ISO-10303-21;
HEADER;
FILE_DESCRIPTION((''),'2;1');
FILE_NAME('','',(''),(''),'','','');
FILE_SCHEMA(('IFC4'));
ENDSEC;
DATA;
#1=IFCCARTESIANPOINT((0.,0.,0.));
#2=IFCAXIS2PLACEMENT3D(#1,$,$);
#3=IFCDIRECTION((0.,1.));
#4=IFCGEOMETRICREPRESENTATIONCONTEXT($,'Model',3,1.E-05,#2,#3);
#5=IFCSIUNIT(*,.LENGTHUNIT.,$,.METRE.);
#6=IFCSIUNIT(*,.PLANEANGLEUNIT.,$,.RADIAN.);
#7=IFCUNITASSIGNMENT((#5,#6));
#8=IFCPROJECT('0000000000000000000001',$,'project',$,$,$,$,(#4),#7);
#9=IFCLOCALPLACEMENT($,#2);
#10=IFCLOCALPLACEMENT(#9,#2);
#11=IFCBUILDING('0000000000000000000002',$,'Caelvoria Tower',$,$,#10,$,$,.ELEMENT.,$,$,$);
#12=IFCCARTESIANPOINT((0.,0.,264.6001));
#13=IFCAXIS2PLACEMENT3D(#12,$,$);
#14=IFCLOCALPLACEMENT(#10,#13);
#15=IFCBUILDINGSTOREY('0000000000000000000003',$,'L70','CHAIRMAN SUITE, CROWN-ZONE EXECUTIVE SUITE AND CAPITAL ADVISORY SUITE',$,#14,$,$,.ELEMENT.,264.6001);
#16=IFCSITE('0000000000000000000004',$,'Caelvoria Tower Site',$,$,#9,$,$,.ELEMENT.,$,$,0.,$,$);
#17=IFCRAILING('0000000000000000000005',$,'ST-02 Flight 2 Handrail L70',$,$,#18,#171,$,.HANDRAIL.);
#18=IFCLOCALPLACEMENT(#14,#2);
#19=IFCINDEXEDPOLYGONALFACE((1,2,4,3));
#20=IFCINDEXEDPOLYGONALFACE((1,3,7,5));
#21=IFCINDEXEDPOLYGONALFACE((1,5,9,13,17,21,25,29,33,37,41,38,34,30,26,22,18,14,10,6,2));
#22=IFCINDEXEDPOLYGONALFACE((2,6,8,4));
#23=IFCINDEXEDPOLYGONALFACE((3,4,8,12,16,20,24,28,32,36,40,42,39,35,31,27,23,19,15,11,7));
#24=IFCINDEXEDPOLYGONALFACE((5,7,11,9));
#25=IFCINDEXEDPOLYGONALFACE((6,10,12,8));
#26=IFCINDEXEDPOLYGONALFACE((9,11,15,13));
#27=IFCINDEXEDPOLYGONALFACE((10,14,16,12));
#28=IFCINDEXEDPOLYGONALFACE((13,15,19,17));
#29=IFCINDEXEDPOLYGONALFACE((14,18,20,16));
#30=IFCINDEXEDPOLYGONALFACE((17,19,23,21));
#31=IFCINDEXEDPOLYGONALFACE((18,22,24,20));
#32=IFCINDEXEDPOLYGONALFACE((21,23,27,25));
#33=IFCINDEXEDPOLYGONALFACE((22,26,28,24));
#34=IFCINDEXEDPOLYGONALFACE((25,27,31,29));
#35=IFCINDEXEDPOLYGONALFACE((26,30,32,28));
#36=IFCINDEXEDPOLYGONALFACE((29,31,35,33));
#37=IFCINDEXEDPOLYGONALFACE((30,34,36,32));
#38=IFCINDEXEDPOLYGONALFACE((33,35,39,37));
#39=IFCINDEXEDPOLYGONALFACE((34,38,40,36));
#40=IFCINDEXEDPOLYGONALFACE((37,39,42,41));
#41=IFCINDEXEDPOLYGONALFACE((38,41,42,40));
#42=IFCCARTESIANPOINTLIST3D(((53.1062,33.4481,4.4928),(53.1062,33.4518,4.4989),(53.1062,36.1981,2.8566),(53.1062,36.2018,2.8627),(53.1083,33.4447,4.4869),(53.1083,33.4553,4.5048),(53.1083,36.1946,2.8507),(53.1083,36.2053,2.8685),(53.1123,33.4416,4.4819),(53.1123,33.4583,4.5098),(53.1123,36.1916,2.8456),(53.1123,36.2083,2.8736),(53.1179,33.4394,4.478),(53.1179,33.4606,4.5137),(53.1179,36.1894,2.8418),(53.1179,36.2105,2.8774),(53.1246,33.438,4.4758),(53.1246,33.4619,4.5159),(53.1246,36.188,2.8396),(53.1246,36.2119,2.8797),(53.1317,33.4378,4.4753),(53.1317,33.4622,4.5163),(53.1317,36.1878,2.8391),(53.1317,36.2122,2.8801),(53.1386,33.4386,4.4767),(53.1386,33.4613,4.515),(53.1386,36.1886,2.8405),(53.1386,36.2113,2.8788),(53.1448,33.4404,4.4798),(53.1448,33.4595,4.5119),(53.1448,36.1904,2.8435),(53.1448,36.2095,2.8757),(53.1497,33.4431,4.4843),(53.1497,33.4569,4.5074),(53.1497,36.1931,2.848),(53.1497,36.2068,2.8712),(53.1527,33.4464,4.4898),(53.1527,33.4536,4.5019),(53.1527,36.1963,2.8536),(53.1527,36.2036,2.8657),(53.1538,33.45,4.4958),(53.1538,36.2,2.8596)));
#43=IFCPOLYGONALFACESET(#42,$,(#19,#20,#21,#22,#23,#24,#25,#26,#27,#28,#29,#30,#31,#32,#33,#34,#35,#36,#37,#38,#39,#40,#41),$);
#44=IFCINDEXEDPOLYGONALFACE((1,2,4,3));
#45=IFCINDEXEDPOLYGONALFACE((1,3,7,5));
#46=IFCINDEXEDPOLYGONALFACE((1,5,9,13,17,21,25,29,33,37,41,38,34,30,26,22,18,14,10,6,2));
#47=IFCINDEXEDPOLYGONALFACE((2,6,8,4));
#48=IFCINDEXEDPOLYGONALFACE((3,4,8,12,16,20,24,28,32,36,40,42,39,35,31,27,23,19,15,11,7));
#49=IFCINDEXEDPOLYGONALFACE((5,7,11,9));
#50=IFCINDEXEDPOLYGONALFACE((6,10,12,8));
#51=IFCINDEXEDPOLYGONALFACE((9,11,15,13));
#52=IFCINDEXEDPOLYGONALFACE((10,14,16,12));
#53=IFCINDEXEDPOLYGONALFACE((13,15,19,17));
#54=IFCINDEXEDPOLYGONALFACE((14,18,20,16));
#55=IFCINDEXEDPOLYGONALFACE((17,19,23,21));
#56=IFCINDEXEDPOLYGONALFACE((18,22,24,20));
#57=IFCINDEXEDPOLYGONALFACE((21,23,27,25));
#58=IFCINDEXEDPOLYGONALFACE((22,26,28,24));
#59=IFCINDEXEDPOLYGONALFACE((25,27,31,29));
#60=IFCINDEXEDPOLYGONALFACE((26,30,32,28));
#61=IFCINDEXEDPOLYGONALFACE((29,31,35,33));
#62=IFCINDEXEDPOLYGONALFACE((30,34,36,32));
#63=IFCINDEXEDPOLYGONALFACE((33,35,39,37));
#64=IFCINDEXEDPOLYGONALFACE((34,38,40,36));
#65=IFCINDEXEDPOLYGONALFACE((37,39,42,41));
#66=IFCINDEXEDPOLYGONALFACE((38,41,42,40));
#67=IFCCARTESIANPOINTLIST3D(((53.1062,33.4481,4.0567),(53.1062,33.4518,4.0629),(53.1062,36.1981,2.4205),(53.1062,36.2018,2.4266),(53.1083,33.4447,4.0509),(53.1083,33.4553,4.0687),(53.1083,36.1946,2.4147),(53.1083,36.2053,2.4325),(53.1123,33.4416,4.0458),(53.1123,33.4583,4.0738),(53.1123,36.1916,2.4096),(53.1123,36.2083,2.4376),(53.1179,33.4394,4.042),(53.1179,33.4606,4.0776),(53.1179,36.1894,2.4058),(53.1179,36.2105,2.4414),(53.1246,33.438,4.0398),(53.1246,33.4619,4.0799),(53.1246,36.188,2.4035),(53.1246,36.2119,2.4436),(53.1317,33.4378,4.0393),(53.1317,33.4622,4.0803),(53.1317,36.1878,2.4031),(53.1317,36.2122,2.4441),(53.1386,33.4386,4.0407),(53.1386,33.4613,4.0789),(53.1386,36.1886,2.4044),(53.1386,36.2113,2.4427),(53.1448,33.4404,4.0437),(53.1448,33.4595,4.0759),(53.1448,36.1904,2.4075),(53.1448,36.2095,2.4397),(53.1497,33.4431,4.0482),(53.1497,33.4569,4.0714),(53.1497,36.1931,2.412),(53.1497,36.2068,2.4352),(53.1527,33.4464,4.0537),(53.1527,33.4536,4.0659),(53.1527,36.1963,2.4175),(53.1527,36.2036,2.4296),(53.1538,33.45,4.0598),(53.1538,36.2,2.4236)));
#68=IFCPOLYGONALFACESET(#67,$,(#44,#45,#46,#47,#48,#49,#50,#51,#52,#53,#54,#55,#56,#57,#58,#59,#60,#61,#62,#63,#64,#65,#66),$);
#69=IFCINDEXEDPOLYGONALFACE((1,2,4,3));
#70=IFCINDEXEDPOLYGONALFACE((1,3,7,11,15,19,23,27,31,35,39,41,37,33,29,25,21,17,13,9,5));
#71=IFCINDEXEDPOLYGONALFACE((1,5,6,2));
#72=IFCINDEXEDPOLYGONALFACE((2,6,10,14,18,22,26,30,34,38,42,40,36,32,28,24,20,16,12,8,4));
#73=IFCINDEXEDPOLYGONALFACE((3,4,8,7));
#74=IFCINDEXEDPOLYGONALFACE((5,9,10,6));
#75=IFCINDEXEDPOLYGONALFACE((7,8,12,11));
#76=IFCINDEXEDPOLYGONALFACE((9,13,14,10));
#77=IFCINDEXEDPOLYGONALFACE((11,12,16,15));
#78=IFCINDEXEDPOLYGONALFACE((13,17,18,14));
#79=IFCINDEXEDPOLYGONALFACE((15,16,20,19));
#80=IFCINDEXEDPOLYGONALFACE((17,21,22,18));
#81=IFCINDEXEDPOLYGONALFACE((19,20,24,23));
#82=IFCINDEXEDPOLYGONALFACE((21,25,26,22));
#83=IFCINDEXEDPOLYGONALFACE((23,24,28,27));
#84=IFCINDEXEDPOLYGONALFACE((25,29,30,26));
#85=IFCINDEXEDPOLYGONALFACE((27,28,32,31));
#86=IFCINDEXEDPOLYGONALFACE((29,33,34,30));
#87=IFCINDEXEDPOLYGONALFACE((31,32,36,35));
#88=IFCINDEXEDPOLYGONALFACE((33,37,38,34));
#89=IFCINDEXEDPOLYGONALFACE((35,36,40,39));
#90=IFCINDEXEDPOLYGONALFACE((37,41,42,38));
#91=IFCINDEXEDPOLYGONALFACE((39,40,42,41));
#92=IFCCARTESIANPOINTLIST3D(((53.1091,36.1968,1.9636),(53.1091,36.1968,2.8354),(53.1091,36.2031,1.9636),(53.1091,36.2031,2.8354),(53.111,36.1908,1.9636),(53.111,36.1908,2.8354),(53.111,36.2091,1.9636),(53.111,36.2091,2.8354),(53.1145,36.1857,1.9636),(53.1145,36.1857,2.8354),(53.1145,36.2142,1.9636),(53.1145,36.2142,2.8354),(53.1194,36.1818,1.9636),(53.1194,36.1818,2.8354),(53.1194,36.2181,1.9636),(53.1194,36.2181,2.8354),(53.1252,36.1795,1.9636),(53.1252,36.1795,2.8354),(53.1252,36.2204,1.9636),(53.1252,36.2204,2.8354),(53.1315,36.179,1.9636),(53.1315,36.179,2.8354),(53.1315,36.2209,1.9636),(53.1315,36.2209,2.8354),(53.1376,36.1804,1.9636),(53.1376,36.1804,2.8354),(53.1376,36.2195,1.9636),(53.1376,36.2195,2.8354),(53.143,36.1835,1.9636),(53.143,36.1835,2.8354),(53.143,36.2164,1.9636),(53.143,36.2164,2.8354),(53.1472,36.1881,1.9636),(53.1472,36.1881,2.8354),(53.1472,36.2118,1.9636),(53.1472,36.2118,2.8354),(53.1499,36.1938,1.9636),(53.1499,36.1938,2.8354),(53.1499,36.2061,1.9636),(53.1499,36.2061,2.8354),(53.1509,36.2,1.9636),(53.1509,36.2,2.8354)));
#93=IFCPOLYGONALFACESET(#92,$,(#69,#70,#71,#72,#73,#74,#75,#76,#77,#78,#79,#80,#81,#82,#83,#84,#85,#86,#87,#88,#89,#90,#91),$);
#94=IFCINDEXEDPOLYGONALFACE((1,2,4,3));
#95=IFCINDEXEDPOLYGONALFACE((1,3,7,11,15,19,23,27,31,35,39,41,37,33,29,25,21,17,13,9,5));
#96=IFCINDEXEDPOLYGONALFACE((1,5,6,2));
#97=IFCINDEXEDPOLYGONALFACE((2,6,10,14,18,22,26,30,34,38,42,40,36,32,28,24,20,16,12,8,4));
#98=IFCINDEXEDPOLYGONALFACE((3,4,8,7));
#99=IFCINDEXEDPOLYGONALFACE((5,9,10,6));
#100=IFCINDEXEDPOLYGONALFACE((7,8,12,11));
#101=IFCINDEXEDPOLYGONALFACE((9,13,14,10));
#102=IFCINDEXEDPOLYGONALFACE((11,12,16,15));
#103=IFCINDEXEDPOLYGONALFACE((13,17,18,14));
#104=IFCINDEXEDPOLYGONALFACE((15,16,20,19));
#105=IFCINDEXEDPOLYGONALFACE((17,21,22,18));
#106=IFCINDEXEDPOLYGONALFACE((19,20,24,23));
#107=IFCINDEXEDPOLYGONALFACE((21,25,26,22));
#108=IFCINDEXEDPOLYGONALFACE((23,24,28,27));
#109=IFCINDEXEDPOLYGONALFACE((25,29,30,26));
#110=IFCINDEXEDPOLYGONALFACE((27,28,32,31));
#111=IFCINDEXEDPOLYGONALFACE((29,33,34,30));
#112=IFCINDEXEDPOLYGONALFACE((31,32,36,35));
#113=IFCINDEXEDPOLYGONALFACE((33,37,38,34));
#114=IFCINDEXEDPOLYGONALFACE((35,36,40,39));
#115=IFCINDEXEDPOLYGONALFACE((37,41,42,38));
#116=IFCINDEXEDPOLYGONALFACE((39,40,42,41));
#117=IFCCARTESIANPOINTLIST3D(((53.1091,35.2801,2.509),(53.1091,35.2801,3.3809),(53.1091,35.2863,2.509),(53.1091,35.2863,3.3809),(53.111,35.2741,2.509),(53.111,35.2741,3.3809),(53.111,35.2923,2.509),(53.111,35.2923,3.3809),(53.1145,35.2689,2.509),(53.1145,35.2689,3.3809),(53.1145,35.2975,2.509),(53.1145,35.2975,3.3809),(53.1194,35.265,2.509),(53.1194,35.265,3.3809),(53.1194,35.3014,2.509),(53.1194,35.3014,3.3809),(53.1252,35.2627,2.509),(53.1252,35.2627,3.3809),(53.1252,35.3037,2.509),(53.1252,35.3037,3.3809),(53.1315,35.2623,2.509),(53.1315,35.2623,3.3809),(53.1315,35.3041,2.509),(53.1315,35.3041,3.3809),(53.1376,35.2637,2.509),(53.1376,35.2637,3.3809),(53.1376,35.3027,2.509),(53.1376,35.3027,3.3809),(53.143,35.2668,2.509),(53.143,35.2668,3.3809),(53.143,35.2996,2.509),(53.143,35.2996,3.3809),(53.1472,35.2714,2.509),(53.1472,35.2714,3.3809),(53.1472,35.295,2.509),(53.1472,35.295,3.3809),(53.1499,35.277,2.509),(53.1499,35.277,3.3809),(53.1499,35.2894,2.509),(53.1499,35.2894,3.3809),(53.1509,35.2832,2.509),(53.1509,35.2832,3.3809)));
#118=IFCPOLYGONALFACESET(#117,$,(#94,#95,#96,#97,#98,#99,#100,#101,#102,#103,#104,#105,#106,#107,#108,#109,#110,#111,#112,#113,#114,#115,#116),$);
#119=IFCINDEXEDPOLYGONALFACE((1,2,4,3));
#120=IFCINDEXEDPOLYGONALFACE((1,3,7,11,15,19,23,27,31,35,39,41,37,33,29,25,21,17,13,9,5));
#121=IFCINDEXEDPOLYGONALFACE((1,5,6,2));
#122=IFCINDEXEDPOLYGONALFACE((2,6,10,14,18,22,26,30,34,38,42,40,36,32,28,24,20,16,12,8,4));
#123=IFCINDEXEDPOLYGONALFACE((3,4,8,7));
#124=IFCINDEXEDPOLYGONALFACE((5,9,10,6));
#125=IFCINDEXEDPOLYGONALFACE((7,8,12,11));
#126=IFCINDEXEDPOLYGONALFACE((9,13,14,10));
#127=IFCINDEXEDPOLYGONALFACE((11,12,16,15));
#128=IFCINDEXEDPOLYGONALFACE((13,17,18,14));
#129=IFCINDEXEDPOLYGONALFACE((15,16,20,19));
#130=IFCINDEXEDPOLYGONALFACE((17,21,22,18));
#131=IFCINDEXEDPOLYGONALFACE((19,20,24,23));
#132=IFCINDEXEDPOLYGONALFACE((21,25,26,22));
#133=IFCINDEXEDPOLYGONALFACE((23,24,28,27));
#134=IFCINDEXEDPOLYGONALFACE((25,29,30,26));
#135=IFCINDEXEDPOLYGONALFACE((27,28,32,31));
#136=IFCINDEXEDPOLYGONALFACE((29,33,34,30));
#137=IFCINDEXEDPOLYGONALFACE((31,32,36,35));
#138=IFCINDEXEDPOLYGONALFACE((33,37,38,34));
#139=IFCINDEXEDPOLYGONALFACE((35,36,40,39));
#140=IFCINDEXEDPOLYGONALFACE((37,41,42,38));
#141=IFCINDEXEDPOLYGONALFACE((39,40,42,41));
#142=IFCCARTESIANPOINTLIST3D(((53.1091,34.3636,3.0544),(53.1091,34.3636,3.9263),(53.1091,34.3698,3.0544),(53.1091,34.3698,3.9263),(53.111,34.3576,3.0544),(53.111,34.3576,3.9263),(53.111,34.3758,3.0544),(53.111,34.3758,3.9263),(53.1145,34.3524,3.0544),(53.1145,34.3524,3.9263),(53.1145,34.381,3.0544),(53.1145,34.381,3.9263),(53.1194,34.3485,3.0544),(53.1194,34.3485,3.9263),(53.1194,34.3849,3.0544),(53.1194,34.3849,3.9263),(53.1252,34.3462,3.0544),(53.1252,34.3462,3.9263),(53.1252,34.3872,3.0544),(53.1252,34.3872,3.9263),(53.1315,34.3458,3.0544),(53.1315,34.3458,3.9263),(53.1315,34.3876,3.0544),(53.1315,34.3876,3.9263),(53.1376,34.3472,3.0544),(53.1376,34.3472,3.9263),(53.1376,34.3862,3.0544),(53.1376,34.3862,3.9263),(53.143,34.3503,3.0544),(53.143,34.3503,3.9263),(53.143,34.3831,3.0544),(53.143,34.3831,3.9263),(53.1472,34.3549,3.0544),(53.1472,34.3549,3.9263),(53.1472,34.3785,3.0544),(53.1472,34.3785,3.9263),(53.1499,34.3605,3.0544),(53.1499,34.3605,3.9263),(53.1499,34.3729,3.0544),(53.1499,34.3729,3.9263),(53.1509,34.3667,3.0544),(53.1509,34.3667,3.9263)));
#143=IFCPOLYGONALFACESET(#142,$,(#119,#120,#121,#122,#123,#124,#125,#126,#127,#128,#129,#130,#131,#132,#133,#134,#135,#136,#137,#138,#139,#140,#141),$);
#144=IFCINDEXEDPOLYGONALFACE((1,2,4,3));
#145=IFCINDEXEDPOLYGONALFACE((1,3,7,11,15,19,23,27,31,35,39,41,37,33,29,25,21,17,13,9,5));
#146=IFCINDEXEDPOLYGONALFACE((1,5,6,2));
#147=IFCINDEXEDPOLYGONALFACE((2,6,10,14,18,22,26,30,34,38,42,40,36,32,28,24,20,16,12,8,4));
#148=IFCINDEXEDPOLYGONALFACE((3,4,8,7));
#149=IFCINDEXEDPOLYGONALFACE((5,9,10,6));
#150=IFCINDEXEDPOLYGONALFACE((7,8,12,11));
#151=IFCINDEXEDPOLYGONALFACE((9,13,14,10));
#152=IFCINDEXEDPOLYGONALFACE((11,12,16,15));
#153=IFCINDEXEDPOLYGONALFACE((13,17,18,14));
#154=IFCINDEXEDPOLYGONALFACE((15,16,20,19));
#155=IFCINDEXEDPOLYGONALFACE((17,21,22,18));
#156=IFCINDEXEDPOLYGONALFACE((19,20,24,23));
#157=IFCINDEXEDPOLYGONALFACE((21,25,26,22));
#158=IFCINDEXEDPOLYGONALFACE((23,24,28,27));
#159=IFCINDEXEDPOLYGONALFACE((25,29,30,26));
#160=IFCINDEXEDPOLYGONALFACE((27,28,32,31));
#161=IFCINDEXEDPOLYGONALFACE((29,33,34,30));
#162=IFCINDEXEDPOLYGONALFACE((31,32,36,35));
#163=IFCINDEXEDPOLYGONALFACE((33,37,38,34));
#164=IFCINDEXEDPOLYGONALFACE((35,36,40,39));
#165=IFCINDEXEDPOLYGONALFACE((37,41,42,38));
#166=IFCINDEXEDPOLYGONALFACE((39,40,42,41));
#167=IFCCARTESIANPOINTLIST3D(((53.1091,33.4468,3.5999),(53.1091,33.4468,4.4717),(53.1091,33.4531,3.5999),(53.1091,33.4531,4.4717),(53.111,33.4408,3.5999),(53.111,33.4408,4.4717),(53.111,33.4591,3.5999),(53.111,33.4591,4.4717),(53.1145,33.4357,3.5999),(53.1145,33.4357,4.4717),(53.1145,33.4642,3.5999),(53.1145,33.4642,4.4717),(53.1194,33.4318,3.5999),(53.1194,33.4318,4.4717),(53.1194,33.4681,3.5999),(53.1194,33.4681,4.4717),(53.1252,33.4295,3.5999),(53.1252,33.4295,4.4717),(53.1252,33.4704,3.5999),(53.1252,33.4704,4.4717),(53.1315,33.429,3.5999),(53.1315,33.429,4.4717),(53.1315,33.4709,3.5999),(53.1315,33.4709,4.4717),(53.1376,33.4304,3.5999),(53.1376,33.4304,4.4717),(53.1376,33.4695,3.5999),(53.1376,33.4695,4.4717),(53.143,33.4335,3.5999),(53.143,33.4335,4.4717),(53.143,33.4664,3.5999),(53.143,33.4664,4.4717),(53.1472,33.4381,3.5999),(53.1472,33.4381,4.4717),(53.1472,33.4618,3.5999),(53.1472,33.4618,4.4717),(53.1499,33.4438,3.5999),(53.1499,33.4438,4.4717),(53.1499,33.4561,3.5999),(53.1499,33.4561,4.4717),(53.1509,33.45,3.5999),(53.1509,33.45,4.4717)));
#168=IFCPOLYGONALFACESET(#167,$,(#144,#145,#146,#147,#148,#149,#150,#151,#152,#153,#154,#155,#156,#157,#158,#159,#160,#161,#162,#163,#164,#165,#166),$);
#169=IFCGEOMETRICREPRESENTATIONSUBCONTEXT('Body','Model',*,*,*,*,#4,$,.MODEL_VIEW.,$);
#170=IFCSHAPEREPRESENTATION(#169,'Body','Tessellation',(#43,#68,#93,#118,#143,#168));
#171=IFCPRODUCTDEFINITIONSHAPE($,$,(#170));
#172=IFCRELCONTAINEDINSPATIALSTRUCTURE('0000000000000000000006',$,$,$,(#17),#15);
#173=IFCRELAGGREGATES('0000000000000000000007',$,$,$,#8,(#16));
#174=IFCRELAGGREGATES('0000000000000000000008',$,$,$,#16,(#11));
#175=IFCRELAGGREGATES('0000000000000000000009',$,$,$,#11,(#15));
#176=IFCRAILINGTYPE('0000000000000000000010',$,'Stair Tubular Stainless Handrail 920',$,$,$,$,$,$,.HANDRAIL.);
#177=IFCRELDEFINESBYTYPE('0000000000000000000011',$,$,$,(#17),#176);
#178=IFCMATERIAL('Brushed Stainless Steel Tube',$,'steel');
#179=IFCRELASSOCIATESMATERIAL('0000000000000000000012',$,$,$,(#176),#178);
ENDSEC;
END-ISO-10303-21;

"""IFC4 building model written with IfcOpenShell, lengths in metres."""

from ifc_helpers import new_model, si_unit, direction, frame, origin, origin_2d, place, context, subcontext, project, spatial, circle, extrude, material, type_object, element, save


model = new_model("IFC4")

# Units and contexts
model_context = context("Model", 3, precision=1e-05, world=origin(), true_north=direction((0.0, 1.0)))
body_context = subcontext(model_context, "Body", "Model", "MODEL_VIEW")
ifc_project = project(units=[si_unit("LENGTHUNIT", "METRE"), si_unit("PLANEANGLEUNIT", "RADIAN")], contexts=[model_context])

# Site, building, storey
site_placement = place(None, origin())
site = spatial("IfcSite", under=ifc_project, at=site_placement, Name="Caelvoria Tower Site", CompositionType="ELEMENT", RefElevation=0.0)
building_placement = place(site_placement, origin())
building = spatial("IfcBuilding", under=site, at=building_placement, Name="Caelvoria Tower", CompositionType="ELEMENT")
storey_placement = place(building_placement, frame((0.0, 0.0, 264.6001)))
storey = spatial("IfcBuildingStorey", under=building, at=storey_placement, Name="L70", Description="CHAIRMAN SUITE, CROWN-ZONE EXECUTIVE SUITE AND CAPITAL ADVISORY SUITE", CompositionType="ELEMENT", Elevation=264.6001)

# Railing
ifc_material_1 = material(Name="Brushed Stainless Steel Tube", Category="steel")
railing_type_1 = type_object("IfcRailingType", Name="Stair Tubular Stainless Handrail 920", PredefinedType="HANDRAIL", material=ifc_material_1)
railing_1_placement = place(storey_placement, frame((53.1299, 36.2, 1.9636)))
element("IfcRailing", 1, at=railing_1_placement, inside=storey, type_object=railing_type_1, Name="ST-02 Flight 2 Handrail L70", PredefinedType="HANDRAIL", context=body_context, shape_type="SweptSolid", body=[
    extrude(circle(Radius=0.0239, at=origin_2d()), frame((0.0, 0.0, 0.896), z_axis=(0.0, -0.859385, 0.511328), x_axis=(1.0, 0.0, 0.0)), (0.0, 0.0, 1.0), 3.2),
    extrude(circle(Radius=0.0239, at=origin_2d()), frame((0.0, 0.0, 0.46), z_axis=(0.0, -0.859385, 0.511328), x_axis=(1.0, 0.0, 0.0)), (0.0, 0.0, 1.0), 3.2),
    extrude(circle(Radius=0.021, at=origin_2d()), origin(), (0.0, 0.0, 1.0), 0.8718),
    extrude(circle(Radius=0.021, at=origin_2d()), frame((0.0, -0.9167, 0.5454)), (0.0, 0.0, 1.0), 0.8718),
    extrude(circle(Radius=0.021, at=origin_2d()), frame((0.0, -1.8333, 1.0908)), (0.0, 0.0, 1.0), 0.8718),
    extrude(circle(Radius=0.021, at=origin_2d()), frame((0.0, -2.75, 1.6362)), (0.0, 0.0, 1.0), 0.8718),
])

save(model, "model.ifc")
